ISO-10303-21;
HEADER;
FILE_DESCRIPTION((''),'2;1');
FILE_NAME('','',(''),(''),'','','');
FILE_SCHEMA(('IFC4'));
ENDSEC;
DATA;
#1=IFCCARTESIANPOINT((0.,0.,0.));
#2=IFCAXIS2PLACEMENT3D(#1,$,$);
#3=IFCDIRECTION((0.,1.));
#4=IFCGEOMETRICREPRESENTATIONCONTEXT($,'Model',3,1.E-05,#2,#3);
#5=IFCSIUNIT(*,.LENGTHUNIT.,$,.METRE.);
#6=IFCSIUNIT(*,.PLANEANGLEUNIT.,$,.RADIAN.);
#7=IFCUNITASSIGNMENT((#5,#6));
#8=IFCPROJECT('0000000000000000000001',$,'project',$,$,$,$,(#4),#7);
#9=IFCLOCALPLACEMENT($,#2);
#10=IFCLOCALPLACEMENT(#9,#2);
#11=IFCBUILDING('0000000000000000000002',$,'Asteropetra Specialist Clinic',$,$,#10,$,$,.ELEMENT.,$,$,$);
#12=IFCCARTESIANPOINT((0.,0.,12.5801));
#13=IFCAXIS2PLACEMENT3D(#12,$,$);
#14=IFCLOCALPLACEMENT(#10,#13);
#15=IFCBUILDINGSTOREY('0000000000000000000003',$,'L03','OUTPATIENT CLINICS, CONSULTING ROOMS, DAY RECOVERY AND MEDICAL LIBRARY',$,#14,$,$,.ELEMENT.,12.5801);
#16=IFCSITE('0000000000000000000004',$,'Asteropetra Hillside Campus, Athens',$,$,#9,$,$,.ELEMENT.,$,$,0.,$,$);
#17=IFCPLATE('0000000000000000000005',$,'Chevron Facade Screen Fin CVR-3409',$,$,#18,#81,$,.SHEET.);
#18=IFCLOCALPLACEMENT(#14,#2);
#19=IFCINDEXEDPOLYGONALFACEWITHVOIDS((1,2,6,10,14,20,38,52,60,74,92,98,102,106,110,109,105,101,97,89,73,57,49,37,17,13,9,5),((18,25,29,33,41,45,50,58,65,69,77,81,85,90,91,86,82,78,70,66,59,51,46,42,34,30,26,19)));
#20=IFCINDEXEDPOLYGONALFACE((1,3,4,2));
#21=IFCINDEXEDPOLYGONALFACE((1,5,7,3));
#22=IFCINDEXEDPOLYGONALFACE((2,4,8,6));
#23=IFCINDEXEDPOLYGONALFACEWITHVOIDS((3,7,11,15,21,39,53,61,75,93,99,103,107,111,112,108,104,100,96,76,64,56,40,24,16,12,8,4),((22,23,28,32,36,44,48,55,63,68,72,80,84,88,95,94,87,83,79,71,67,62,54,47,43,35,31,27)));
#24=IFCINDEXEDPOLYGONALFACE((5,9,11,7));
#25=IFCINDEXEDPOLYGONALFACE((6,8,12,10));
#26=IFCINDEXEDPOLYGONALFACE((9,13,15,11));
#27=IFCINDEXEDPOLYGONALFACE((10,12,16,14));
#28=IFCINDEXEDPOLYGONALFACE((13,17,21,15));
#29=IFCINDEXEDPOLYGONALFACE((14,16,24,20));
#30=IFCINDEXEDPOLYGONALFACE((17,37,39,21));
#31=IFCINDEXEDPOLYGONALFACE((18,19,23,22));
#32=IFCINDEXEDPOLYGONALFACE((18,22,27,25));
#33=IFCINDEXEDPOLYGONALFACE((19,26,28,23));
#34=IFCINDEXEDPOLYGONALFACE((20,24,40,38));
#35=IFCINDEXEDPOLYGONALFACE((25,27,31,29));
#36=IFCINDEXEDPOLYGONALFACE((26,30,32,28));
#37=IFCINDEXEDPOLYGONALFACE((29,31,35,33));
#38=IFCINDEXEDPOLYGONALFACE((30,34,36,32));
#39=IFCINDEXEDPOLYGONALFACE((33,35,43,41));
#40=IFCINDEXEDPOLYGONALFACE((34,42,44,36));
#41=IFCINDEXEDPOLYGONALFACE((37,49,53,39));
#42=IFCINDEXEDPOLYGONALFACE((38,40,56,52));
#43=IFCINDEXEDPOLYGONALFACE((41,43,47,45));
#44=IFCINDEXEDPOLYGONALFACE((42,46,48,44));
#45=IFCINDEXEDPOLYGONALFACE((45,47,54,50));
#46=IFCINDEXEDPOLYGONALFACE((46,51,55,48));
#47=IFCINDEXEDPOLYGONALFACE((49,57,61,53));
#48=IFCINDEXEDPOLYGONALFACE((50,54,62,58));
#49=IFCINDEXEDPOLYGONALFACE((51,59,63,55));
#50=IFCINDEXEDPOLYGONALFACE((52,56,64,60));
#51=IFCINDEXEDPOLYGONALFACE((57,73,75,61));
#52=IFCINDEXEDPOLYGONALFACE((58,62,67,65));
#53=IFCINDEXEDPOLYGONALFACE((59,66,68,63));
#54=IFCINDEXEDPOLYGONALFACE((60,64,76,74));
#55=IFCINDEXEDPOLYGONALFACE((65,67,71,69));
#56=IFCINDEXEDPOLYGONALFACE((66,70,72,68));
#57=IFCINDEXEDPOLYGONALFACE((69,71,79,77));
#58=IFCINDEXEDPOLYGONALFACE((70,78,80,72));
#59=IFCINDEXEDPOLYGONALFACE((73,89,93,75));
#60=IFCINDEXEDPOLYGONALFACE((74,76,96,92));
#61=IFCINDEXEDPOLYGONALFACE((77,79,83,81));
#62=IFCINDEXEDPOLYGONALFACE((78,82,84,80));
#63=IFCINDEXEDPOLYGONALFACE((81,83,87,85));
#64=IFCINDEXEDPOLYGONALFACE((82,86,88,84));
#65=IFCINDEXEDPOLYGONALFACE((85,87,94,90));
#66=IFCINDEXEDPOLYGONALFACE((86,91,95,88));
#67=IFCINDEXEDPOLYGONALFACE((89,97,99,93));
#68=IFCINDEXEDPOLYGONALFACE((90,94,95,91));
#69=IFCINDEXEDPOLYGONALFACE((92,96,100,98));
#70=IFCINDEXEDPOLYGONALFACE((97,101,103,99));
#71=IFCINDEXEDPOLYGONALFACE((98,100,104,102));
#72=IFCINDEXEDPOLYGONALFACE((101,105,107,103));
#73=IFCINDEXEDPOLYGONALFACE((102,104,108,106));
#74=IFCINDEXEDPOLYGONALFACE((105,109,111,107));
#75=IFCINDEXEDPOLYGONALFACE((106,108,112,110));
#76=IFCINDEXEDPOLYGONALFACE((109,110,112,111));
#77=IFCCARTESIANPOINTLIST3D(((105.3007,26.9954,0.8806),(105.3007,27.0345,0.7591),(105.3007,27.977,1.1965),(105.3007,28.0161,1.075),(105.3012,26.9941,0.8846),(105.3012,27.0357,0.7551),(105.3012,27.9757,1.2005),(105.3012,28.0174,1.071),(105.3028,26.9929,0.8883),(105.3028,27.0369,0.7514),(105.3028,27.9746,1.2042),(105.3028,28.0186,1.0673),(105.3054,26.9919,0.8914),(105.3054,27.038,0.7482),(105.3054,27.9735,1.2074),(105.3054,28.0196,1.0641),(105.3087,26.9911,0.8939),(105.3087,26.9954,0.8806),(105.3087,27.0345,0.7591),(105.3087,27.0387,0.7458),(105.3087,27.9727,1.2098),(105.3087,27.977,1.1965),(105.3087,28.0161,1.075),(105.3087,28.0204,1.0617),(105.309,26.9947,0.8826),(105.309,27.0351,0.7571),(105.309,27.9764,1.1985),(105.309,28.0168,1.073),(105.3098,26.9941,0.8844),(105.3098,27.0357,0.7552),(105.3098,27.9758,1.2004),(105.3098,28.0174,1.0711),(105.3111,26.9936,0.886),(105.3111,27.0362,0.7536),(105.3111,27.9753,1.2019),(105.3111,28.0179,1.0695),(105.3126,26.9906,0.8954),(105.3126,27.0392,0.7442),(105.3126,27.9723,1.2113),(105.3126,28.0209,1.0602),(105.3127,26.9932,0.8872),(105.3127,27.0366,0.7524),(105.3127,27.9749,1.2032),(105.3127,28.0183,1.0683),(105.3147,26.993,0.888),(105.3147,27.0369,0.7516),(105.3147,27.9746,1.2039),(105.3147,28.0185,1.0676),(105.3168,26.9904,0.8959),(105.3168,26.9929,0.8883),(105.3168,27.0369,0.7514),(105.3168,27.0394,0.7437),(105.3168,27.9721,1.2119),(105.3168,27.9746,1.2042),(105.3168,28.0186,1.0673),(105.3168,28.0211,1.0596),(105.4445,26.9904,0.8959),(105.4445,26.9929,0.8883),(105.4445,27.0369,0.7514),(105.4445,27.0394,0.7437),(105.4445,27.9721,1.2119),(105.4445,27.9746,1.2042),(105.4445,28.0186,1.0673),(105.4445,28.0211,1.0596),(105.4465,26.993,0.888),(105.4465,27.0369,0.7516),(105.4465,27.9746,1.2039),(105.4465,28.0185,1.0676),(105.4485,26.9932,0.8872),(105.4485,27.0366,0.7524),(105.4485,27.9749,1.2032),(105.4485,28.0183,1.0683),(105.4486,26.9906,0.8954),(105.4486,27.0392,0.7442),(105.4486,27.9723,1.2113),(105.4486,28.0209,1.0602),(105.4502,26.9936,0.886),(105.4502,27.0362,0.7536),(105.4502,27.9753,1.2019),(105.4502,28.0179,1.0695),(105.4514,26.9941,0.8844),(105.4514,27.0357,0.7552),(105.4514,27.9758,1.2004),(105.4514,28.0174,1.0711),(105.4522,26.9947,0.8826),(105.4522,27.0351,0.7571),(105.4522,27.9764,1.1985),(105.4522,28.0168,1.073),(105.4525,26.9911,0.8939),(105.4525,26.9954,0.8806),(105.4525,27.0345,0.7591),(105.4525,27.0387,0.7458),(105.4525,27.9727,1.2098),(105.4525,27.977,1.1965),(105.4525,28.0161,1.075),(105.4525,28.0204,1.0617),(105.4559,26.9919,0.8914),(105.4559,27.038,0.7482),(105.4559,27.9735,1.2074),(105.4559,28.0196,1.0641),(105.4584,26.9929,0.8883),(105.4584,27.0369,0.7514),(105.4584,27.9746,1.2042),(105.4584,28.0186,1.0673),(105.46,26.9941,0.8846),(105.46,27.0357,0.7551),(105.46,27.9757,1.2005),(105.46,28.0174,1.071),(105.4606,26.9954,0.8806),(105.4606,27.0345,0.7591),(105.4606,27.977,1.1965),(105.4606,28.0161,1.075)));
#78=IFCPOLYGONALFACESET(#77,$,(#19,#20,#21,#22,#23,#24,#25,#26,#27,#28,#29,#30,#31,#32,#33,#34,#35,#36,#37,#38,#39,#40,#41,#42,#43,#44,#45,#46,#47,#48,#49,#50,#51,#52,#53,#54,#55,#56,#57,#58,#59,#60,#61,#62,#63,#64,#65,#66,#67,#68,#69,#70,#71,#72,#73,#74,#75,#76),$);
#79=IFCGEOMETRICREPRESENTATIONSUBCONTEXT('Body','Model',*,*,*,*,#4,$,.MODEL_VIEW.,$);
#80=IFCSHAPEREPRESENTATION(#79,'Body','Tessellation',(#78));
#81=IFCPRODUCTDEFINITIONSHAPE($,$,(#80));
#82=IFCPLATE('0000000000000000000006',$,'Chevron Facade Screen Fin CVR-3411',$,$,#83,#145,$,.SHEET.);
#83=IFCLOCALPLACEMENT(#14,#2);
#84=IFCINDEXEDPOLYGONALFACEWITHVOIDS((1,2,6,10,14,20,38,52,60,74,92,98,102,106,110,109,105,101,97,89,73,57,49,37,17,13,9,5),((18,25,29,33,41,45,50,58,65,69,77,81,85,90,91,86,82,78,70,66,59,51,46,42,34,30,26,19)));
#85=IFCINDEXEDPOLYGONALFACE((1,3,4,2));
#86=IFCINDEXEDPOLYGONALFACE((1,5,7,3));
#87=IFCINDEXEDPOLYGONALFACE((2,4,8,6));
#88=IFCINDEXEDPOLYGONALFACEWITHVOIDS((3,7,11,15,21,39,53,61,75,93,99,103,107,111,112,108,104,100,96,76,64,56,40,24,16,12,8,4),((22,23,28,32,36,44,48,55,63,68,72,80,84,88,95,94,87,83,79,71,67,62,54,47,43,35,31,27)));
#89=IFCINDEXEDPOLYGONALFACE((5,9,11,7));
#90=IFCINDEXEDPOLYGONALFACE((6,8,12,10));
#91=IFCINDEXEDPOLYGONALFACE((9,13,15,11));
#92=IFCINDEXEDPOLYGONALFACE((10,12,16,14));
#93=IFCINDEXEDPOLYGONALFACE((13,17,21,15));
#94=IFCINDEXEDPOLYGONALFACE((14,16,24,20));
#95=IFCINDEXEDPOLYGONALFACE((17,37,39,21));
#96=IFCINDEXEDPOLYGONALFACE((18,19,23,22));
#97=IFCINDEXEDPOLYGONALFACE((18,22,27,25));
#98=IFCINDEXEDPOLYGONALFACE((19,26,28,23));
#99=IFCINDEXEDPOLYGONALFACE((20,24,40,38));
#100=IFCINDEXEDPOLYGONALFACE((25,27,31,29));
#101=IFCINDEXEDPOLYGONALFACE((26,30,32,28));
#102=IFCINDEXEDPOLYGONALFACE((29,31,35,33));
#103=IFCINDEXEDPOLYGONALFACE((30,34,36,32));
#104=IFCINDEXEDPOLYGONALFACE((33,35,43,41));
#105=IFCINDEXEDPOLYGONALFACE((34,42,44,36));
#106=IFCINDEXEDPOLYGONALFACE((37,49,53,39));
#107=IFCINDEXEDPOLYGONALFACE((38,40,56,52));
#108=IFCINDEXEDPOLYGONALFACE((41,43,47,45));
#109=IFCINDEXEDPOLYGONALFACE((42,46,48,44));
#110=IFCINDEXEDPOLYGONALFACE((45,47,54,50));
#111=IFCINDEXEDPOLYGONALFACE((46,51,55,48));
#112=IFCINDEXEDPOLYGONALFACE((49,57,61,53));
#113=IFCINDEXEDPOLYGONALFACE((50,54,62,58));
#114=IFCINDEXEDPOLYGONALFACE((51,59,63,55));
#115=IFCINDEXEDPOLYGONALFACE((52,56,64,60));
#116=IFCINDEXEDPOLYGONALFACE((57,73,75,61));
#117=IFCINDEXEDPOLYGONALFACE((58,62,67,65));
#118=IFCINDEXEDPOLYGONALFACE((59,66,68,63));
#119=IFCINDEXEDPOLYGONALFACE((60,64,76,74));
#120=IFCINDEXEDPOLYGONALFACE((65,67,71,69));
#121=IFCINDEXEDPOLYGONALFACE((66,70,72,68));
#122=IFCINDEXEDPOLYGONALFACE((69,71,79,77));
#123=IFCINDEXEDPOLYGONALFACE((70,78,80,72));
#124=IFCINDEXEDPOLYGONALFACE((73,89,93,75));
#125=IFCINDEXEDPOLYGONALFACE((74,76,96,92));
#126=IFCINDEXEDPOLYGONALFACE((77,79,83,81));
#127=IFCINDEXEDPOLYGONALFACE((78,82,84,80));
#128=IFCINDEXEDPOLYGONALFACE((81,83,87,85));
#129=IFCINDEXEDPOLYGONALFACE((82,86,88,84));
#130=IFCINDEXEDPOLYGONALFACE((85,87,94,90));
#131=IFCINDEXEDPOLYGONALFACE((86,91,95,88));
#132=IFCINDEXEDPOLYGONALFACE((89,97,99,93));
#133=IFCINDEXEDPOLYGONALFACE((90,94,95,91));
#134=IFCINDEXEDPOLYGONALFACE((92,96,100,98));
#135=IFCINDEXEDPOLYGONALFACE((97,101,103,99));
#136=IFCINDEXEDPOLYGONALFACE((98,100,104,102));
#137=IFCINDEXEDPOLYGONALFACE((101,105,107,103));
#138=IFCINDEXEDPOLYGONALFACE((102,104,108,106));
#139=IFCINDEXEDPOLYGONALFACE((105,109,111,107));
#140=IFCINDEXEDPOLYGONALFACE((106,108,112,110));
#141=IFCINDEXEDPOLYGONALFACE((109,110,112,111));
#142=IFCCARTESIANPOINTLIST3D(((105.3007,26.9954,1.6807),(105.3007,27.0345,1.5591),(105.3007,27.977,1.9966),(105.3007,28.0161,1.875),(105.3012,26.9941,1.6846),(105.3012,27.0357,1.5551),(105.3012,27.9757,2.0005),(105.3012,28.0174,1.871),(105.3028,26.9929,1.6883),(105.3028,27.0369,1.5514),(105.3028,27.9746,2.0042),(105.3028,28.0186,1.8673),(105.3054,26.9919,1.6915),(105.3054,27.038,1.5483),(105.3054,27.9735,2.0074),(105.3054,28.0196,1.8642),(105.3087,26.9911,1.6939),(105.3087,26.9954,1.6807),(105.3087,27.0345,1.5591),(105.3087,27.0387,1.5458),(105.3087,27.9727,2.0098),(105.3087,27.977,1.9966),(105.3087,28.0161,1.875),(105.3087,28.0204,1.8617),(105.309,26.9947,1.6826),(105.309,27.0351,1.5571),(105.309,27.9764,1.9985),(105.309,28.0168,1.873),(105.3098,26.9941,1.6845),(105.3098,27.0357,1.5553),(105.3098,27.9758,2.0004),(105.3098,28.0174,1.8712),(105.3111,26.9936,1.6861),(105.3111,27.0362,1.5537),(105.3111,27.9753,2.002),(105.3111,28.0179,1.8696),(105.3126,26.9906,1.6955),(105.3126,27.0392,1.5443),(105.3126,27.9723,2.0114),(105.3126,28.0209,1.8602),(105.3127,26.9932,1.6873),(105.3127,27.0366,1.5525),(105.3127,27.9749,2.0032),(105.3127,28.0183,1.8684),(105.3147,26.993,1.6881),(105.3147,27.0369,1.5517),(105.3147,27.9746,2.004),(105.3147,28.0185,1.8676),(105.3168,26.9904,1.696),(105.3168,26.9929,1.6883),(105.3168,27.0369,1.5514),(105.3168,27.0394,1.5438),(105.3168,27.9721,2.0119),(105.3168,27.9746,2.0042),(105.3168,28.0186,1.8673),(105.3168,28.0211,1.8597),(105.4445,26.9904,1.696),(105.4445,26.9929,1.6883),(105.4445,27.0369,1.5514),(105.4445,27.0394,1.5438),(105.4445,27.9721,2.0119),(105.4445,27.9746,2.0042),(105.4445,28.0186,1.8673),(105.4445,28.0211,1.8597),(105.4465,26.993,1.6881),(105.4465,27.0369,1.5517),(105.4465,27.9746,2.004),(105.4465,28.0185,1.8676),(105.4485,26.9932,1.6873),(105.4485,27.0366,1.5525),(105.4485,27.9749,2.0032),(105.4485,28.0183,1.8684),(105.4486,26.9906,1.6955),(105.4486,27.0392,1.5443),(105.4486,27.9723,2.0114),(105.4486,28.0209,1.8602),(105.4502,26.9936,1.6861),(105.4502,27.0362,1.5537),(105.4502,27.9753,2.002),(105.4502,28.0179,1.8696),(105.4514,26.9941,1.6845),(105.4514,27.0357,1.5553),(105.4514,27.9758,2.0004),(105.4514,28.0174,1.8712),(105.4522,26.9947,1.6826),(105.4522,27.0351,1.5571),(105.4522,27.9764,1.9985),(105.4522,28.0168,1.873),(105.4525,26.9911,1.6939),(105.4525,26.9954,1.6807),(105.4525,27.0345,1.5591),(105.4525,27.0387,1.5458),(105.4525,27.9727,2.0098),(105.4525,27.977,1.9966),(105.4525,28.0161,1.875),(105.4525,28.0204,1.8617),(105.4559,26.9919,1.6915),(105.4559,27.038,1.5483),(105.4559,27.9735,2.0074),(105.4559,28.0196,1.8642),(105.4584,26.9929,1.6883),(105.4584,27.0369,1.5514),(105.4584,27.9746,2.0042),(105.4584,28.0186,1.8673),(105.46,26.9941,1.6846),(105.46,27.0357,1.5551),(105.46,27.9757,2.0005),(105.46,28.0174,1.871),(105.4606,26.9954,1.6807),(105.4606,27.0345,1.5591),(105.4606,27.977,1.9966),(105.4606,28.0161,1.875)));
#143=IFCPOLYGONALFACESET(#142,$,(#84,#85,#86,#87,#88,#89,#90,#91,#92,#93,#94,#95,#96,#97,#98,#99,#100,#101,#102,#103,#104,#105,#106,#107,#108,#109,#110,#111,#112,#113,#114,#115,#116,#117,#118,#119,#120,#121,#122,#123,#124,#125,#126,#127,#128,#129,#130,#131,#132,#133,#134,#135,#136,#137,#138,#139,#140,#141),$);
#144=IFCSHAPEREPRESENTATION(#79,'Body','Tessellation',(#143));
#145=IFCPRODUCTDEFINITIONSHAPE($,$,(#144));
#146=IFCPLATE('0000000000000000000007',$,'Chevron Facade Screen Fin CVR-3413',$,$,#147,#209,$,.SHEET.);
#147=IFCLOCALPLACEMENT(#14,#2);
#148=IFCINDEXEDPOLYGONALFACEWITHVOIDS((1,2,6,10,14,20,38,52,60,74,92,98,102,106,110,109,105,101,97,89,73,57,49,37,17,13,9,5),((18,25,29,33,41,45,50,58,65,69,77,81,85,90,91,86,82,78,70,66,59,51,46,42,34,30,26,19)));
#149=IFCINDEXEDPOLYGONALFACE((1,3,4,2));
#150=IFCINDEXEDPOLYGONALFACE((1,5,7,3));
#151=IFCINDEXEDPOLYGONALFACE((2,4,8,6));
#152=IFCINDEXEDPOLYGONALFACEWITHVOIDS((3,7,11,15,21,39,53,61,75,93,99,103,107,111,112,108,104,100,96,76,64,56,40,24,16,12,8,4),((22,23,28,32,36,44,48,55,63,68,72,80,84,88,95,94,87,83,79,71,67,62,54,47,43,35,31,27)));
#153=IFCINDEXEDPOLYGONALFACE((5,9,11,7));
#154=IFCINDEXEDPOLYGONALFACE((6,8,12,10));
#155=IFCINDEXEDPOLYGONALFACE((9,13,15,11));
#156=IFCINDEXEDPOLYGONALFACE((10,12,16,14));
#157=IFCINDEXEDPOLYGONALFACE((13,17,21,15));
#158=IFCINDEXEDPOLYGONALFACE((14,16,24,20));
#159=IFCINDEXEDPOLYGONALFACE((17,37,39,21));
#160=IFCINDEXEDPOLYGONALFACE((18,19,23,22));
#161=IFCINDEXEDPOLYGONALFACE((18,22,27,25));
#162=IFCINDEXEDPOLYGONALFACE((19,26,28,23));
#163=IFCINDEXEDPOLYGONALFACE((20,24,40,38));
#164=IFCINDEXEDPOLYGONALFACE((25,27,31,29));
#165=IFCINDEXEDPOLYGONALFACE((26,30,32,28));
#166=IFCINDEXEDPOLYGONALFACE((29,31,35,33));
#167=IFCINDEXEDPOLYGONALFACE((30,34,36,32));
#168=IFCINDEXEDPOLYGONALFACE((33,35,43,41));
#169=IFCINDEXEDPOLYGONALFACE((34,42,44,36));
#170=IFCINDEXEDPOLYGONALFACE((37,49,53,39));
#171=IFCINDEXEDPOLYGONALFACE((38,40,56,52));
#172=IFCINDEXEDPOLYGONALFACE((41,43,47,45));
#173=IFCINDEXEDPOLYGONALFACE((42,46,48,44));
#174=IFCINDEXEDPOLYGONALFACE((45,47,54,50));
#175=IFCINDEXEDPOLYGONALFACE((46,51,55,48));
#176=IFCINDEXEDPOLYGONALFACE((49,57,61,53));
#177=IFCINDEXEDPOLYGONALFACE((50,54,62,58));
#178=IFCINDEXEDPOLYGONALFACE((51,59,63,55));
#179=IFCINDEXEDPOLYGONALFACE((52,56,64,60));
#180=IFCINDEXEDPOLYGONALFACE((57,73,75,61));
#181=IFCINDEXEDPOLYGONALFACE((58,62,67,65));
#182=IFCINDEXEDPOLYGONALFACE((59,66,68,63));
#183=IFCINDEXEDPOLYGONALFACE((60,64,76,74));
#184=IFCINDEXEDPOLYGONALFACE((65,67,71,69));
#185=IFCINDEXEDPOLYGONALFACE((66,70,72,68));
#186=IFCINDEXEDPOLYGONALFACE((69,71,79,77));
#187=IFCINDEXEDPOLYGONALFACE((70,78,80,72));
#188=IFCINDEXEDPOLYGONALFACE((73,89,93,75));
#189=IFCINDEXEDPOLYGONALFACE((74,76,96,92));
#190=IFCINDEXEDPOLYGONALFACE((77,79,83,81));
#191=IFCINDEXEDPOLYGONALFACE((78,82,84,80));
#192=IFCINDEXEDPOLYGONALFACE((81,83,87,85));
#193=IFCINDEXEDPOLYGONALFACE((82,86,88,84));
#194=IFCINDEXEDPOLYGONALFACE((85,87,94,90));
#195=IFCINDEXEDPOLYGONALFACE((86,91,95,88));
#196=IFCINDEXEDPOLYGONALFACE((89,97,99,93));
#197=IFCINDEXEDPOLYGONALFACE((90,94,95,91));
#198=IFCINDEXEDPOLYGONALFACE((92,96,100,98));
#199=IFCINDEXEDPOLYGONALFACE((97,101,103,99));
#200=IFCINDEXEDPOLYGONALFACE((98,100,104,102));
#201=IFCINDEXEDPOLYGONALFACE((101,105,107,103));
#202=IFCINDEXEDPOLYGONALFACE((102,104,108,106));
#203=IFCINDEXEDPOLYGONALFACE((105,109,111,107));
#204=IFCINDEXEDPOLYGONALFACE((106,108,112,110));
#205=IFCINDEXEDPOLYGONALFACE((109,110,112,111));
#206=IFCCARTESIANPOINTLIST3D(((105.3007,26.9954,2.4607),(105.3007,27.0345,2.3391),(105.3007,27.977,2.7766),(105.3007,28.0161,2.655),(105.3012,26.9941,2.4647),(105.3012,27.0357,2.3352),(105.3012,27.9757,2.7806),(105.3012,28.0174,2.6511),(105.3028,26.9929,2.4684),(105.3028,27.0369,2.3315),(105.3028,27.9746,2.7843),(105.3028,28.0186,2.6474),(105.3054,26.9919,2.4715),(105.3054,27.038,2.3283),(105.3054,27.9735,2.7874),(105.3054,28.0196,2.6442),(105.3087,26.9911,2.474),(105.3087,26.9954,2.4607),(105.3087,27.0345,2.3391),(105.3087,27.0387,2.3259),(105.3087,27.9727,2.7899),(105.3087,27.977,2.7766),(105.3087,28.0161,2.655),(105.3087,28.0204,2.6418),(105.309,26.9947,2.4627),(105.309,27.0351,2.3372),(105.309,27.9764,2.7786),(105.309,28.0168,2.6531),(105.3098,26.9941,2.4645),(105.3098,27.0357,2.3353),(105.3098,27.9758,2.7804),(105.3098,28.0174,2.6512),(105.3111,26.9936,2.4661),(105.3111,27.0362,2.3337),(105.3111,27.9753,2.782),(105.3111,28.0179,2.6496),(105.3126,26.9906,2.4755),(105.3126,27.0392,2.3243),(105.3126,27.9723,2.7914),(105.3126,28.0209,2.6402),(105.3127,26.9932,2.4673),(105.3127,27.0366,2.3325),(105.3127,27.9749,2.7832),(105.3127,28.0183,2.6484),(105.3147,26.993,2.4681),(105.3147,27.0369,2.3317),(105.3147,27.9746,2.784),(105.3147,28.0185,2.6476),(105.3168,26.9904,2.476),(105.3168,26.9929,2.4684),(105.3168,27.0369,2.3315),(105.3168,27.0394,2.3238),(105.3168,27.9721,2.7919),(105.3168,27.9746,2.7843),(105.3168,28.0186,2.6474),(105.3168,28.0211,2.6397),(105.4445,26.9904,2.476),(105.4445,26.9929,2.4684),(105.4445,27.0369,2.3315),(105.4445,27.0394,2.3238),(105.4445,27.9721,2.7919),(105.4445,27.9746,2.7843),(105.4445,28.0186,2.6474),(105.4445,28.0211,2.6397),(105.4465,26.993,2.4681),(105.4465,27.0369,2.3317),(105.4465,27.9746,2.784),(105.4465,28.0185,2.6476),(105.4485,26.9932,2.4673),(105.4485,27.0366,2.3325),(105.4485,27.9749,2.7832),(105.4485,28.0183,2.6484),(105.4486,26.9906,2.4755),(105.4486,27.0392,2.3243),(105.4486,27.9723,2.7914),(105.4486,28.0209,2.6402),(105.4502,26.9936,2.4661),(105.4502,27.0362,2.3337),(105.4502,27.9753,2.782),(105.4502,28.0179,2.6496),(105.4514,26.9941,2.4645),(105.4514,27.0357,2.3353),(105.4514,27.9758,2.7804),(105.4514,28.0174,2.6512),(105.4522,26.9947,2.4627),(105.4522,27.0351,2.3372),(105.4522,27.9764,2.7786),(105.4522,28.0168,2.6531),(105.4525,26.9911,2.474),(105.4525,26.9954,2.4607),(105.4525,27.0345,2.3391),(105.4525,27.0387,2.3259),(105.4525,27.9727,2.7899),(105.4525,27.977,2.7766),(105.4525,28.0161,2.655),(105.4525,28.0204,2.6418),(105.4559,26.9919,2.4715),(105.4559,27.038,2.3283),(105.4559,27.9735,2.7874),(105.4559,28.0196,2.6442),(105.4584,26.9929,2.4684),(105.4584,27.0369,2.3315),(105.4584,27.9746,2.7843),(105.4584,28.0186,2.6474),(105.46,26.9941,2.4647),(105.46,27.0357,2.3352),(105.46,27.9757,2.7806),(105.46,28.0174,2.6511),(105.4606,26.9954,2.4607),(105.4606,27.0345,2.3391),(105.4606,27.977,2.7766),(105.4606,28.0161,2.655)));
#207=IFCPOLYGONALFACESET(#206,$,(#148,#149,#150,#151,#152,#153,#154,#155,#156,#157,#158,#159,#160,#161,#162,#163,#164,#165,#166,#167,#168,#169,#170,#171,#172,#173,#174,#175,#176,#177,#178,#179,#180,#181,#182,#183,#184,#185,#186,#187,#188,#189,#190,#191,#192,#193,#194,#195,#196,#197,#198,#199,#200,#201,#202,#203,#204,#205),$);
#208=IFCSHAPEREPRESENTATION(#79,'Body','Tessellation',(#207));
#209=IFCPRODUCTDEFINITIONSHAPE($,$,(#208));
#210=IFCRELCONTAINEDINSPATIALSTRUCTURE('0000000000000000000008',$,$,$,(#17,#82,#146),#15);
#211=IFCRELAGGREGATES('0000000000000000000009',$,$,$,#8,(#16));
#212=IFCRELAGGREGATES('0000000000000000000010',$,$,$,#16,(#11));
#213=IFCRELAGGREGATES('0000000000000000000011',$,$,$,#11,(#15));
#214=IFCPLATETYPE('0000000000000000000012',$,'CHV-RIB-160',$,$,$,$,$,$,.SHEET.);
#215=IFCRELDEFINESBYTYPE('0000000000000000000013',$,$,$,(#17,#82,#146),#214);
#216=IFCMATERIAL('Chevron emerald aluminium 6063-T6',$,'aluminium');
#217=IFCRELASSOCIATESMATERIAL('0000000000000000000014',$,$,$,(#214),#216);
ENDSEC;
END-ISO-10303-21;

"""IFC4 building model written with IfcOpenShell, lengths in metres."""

from ifc_helpers import new_model, si_unit, direction, frame, origin, origin_2d, place, context, subcontext, project, spatial, hollow_rectangle, extrude, material, material_profile, profile_set, type_object, element, save


model = new_model("IFC4")

# Units and contexts
model_context = context("Model", 3, precision=1e-05, world=origin(), true_north=direction((0.0, 1.0)))
body_context = subcontext(model_context, "Body", "Model", "MODEL_VIEW")
ifc_project = project(units=[si_unit("LENGTHUNIT", "METRE"), si_unit("PLANEANGLEUNIT", "RADIAN")], contexts=[model_context])

# Site, building, storey
site_placement = place(None, origin())
site = spatial("IfcSite", under=ifc_project, at=site_placement, Name="Asteropetra Hillside Campus, Athens", CompositionType="ELEMENT", RefElevation=0.0)
building_placement = place(site_placement, origin())
building = spatial("IfcBuilding", under=site, at=building_placement, Name="Asteropetra Specialist Clinic", CompositionType="ELEMENT")
storey_placement = place(building_placement, frame((0.0, 0.0, 12.5801)))
storey = spatial("IfcBuildingStorey", under=building, at=storey_placement, Name="L03", Description="OUTPATIENT CLINICS, CONSULTING ROOMS, DAY RECOVERY AND MEDICAL LIBRARY", CompositionType="ELEMENT", Elevation=12.5801)

# Plates
ifc_material_1 = material(Name="Chevron emerald aluminium 6063-T6", Category="aluminium")
ifc_material_profile_1 = material_profile(ifc_material_1, hollow_rectangle(XDim=0.1599, YDim=0.1599, WallThickness=0.0081, InnerFilletRadius=0.0081, OuterFilletRadius=0.0161, at=origin_2d()), Name="SHS 160x160x8.0")
ifc_profile_set_1 = profile_set([ifc_material_profile_1], Name="Chevron emerald aluminium 6063-T6")
plate_type_1 = type_object("IfcPlateType", Name="CHV-RIB-160", PredefinedType="SHEET", material=ifc_profile_set_1)
for number, where, z_axis, x_axis, name in (
    (1, (105.3806, 27.9966, 1.1357), (0.0, -0.951923, -0.306339), (1.0, 0.0, 0.0), "Chevron Facade Screen Fin CVR-3409"),
    (2, (105.3806, 27.9966, 1.9358), (0.0, -0.951923, -0.306339), (1.0, 0.0, 0.0), "Chevron Facade Screen Fin CVR-3411"),
    (3, (105.3806, 27.9966, 2.7158), (0.0, -0.951923, -0.306339), (1.0, 0.0, 0.0), "Chevron Facade Screen Fin CVR-3413"),
):
    element("IfcPlate", number, at=place(storey_placement, frame(where, z_axis=z_axis, x_axis=x_axis)), inside=storey, type_object=plate_type_1, Name=name, PredefinedType="SHEET", context=body_context, shape_type="SweptSolid", body=[
        extrude(hollow_rectangle(XDim=0.1599, YDim=0.1599, WallThickness=0.0081, InnerFilletRadius=0.0081, OuterFilletRadius=0.0161, at=origin_2d()), origin(), (0.0, 0.0, 1.0), 1.0312),
    ])

save(model, "model.ifc")
